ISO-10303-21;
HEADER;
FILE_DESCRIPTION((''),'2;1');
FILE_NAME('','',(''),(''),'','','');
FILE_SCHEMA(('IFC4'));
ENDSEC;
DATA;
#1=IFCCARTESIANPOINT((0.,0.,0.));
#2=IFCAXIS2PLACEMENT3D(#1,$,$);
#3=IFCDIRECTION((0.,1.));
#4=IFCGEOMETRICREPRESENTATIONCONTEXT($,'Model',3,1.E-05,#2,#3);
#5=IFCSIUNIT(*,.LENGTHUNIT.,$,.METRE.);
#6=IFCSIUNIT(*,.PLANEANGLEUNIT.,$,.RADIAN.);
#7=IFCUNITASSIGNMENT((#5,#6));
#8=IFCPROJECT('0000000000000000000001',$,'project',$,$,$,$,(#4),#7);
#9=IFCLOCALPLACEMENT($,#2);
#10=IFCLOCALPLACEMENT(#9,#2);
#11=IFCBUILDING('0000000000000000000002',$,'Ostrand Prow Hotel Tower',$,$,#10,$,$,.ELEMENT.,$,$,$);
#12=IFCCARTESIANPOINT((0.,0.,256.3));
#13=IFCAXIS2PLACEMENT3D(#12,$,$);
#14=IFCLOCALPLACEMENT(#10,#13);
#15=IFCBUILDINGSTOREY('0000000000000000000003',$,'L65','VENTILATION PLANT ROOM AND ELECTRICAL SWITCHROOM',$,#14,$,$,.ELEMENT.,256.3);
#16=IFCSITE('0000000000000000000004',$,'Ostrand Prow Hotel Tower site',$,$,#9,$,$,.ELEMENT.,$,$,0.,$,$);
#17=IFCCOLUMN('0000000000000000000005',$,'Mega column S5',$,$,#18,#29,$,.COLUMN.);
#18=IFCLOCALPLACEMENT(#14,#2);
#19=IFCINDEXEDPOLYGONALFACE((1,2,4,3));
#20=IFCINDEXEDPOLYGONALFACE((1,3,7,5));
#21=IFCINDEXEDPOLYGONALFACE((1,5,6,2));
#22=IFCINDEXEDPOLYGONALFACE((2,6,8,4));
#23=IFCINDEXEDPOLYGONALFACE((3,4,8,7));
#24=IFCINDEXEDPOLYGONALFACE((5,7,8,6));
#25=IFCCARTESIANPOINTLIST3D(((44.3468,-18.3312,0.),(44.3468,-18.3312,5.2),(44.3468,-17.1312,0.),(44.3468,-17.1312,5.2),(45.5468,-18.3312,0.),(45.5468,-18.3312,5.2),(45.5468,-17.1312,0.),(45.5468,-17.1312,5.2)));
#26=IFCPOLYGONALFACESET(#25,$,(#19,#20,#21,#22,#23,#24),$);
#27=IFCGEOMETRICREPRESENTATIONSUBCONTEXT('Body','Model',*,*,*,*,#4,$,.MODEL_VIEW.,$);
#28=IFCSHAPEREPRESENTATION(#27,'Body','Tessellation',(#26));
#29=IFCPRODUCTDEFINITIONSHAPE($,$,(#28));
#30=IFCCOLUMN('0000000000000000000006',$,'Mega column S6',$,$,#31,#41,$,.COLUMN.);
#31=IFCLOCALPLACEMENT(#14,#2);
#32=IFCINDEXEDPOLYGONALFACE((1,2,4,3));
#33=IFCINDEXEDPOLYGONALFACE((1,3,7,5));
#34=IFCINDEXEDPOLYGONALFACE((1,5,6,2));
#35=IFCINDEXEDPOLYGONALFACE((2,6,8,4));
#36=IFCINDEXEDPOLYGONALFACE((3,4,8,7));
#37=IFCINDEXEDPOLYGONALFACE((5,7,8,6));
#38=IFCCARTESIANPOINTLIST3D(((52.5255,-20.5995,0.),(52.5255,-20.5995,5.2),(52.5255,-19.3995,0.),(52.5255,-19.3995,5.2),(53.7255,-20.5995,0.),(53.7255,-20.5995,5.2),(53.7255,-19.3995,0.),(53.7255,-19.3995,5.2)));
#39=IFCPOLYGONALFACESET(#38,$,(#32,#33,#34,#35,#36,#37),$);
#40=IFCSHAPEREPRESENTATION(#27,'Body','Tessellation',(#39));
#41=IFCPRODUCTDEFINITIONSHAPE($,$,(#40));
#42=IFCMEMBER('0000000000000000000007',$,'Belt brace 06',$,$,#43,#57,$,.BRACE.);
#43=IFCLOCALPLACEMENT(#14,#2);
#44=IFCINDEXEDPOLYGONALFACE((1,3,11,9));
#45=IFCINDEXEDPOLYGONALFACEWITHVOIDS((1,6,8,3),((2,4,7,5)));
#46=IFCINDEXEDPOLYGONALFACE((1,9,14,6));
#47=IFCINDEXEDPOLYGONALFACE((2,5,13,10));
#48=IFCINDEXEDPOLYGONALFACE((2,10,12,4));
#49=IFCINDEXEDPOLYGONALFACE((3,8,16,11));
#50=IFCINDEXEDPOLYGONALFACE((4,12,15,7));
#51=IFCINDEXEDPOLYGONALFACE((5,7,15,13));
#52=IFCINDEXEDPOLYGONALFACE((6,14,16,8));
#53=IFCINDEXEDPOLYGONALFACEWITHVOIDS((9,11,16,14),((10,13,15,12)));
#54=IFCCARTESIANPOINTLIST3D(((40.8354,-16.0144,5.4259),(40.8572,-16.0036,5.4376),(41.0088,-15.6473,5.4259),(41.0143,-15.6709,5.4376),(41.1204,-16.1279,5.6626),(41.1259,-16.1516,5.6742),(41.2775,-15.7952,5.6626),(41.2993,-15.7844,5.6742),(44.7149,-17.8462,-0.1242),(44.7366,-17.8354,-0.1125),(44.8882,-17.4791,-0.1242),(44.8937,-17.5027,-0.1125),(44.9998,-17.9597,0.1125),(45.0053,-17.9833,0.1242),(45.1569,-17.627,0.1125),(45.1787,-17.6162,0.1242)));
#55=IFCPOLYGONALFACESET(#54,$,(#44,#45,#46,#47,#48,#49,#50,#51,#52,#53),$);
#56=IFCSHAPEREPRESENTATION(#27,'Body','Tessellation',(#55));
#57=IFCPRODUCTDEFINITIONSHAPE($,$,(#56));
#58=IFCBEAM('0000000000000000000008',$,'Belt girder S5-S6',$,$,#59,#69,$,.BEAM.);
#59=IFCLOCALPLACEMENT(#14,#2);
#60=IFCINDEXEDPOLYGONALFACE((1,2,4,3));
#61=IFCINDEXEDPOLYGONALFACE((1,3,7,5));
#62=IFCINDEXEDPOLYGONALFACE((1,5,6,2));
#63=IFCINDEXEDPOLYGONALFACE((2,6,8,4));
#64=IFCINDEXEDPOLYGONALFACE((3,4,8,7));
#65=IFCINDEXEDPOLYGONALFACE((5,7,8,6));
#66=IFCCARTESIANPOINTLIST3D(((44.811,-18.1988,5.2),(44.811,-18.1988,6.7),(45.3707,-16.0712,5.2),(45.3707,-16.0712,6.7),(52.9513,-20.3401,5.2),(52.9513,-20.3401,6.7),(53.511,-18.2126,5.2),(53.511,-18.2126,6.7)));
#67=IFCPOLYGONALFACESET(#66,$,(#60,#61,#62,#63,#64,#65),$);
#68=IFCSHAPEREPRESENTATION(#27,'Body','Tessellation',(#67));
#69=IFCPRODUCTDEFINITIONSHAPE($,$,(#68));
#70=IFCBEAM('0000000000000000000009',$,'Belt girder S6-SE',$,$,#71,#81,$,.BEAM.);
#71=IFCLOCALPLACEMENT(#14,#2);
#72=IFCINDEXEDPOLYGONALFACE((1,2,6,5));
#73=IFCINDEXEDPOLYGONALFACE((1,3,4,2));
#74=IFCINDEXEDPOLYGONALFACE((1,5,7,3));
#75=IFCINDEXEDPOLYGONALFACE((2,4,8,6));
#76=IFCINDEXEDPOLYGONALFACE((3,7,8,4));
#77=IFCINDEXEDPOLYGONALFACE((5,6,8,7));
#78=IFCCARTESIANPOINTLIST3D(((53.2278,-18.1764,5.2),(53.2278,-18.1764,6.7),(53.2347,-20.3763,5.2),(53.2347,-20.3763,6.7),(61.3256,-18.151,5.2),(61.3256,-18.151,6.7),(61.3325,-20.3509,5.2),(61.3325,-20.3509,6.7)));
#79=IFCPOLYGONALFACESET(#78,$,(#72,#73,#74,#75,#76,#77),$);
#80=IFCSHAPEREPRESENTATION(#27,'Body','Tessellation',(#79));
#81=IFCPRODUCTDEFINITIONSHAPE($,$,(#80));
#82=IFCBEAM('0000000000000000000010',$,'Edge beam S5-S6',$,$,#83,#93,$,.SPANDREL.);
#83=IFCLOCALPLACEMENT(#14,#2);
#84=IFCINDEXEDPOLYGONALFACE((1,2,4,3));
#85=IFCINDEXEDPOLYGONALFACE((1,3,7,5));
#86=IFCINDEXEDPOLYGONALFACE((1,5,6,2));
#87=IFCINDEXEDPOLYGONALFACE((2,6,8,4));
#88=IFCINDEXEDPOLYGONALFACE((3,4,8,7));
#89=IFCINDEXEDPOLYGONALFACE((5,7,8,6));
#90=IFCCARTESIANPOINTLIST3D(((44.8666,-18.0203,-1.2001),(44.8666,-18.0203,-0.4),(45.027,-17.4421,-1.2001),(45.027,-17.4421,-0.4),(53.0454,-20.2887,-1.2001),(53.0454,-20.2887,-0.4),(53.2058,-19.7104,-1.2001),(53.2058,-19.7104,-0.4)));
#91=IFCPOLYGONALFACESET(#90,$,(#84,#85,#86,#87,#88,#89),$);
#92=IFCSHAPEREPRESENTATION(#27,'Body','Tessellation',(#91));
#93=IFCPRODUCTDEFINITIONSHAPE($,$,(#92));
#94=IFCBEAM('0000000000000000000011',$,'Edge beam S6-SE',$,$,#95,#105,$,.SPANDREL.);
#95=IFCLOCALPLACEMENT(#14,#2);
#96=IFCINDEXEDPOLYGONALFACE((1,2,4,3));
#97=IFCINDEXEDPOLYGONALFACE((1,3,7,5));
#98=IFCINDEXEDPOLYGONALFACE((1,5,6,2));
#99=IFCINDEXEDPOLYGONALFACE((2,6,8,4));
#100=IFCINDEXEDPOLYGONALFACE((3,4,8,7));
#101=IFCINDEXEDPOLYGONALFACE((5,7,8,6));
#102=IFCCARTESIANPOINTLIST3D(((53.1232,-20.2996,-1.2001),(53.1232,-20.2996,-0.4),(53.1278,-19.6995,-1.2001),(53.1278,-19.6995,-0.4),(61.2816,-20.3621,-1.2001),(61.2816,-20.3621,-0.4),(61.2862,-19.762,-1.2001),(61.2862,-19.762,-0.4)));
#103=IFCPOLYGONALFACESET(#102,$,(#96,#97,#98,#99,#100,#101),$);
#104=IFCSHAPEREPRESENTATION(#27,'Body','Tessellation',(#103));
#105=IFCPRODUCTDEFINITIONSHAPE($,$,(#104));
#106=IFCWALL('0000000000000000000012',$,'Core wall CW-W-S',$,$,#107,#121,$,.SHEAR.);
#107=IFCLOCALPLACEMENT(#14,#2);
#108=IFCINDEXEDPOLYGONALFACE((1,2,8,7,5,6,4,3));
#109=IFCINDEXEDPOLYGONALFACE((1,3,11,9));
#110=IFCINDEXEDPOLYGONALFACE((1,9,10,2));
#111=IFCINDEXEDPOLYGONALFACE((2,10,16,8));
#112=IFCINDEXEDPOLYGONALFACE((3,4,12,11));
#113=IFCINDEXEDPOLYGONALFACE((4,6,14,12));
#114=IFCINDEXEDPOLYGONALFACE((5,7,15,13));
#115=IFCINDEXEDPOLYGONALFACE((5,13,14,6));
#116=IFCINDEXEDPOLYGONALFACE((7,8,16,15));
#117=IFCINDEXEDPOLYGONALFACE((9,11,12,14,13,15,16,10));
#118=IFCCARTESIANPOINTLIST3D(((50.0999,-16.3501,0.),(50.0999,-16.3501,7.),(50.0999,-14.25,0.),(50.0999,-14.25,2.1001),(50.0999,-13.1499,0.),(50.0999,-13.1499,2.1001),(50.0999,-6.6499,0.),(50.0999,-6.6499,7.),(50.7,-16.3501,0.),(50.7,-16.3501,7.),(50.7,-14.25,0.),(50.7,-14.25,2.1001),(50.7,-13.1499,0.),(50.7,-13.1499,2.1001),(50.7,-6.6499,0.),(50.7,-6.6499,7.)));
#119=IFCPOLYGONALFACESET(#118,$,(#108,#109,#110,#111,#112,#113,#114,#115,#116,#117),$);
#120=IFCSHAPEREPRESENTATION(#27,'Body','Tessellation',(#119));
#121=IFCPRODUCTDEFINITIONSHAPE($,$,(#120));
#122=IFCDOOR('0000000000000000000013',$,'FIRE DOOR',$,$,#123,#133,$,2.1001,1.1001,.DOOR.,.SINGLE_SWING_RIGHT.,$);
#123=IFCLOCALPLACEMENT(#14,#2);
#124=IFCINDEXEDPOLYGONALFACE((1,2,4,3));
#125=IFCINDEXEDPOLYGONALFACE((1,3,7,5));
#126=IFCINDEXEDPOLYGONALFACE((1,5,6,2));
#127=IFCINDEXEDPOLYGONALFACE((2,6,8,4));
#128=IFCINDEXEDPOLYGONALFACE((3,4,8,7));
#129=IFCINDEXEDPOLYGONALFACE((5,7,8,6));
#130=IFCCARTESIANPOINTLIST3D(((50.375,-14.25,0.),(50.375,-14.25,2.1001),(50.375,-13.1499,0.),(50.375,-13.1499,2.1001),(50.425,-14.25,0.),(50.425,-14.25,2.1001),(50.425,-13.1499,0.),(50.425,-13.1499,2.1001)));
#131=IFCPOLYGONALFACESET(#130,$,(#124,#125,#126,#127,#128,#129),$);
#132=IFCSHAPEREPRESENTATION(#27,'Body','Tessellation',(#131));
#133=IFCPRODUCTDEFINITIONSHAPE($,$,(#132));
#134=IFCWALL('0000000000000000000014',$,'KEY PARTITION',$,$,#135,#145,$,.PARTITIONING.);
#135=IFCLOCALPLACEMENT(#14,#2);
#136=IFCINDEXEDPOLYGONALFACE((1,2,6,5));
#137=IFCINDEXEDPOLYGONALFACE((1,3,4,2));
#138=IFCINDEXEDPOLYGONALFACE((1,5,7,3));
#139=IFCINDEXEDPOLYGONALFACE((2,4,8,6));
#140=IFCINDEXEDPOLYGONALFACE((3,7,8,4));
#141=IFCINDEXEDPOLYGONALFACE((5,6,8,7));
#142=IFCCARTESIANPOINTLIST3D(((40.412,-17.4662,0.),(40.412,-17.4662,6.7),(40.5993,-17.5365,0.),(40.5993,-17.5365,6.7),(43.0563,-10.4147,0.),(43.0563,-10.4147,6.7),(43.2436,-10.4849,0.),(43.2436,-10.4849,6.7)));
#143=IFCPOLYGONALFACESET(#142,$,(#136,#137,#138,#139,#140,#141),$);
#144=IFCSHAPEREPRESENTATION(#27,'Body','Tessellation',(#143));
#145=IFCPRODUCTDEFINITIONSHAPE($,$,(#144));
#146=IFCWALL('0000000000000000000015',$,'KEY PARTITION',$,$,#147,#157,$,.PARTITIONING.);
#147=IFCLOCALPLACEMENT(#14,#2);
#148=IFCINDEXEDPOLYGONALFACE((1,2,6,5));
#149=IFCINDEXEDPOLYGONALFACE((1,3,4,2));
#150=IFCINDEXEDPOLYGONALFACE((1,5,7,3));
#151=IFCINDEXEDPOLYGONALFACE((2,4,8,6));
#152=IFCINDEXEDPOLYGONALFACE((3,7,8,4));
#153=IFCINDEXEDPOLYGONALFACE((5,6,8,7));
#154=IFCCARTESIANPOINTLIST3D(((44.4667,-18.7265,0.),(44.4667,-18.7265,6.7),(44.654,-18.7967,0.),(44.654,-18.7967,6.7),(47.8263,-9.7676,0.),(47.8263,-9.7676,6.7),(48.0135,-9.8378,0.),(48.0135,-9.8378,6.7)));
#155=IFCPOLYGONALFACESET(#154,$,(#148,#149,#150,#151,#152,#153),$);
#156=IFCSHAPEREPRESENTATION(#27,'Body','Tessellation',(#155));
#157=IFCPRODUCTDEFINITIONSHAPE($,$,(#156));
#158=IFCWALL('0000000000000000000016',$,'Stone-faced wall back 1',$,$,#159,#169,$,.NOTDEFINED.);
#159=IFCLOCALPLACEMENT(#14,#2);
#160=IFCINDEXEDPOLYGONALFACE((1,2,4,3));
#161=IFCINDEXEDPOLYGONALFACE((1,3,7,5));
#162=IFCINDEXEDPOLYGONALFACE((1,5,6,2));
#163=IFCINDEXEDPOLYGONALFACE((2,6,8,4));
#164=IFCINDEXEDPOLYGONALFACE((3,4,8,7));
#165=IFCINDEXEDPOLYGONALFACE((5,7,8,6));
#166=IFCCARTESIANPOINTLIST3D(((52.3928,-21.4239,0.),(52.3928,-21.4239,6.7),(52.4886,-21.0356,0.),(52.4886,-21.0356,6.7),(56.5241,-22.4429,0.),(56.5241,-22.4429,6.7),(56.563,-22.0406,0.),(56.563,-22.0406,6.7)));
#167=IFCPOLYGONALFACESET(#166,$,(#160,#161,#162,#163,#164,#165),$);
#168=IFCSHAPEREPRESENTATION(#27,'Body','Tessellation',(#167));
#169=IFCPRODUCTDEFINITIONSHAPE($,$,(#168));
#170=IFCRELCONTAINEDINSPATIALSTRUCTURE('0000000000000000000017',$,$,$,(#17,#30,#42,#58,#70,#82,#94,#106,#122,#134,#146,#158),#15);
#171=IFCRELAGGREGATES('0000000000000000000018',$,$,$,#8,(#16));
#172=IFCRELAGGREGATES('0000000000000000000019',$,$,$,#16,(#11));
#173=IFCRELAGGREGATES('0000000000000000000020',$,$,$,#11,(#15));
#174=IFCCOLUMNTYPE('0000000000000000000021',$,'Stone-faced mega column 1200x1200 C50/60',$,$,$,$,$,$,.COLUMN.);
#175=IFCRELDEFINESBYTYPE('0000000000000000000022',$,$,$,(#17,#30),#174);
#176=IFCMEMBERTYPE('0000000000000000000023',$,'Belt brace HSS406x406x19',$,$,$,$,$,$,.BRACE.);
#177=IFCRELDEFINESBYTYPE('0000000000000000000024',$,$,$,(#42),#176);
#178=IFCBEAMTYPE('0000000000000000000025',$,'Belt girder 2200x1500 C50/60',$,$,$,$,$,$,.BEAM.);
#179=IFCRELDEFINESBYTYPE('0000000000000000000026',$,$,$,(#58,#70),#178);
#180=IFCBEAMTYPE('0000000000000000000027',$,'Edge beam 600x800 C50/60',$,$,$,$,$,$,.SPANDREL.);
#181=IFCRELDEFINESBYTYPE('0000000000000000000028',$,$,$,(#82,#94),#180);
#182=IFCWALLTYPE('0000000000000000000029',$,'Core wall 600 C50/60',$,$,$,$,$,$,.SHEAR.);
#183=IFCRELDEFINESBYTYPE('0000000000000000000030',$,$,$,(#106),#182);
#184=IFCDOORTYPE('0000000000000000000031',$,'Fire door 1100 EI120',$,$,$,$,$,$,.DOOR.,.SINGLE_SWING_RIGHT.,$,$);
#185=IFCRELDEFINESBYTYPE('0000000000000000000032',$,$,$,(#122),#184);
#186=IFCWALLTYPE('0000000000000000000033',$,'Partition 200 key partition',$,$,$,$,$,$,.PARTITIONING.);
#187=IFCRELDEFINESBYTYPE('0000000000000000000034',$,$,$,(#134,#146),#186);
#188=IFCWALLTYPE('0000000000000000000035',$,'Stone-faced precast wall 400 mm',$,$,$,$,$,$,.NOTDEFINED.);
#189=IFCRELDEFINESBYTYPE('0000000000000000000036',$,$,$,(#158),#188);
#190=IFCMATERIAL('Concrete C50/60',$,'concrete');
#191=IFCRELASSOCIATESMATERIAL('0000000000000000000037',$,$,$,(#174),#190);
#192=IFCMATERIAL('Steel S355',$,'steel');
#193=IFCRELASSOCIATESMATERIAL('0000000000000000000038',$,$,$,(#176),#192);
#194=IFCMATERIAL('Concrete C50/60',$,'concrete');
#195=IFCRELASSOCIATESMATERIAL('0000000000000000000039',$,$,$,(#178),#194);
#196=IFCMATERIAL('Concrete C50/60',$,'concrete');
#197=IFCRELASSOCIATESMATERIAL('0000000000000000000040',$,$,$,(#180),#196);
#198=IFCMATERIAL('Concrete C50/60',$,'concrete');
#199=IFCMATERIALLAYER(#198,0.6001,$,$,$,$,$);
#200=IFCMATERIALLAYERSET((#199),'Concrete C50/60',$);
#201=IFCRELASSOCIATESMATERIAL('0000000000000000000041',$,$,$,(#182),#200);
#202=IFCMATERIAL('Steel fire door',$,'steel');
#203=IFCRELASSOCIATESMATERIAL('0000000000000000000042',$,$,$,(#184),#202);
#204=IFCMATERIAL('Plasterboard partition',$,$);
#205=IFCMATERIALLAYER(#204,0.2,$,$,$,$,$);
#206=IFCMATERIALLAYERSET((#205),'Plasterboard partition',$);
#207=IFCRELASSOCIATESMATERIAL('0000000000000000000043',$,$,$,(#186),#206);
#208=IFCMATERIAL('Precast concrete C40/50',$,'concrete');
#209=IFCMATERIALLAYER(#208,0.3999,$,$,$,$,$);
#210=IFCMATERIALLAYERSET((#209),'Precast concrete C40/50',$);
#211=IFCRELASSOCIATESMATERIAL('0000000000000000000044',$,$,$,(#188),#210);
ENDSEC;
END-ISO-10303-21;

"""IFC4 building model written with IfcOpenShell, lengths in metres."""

from ifc_helpers import new_model, si_unit, direction, frame, frame_2d, origin, origin_2d, place, context, subcontext, project, spatial, polyline, rectangle, hollow_rectangle, outline, extrude, material, layer, layer_set, material_profile, profile_set, type_object, element, fill, save


model = new_model("IFC4")

# Units and contexts
model_context = context("Model", 3, precision=1e-05, world=origin(), true_north=direction((0.0, 1.0)))
body_context = subcontext(model_context, "Body", "Model", "MODEL_VIEW")
ifc_project = project(units=[si_unit("LENGTHUNIT", "METRE"), si_unit("PLANEANGLEUNIT", "RADIAN")], contexts=[model_context])

# Site, building, storey
site_placement = place(None, origin())
site = spatial("IfcSite", under=ifc_project, at=site_placement, Name="Ostrand Prow Hotel Tower site", CompositionType="ELEMENT", RefElevation=0.0)
building_placement = place(site_placement, origin())
building = spatial("IfcBuilding", under=site, at=building_placement, Name="Ostrand Prow Hotel Tower", CompositionType="ELEMENT")
storey_placement = place(building_placement, frame((0.0, 0.0, 256.3)))
storey = spatial("IfcBuildingStorey", under=building, at=storey_placement, Name="L65", Description="VENTILATION PLANT ROOM AND ELECTRICAL SWITCHROOM", CompositionType="ELEMENT", Elevation=256.3)

# Columns
ifc_material_1 = material(Name="Concrete C50/60", Category="concrete")
ifc_material_profile_1 = material_profile(ifc_material_1, rectangle(XDim=1.2, YDim=1.2, at=origin_2d()), Name="RC 1200x1200")
ifc_profile_set_1 = profile_set([ifc_material_profile_1], Name="Concrete C50/60")
column_type = type_object("IfcColumnType", Name="Stone-faced mega column 1200x1200 C50/60", PredefinedType="COLUMN", material=ifc_profile_set_1)
for number, where, z_axis, x_axis, name in (
    (1, (44.9468, -17.7312, 0.0), (0.0, 0.0, 1.0), (1.0, 0.0, 0.0), "Mega column S5"),
    (2, (53.1255, -19.9995, 0.0), (0.0, 0.0, 1.0), (1.0, 0.0, 0.0), "Mega column S6"),
):
    element("IfcColumn", number, at=place(storey_placement, frame(where, z_axis=z_axis, x_axis=x_axis)), inside=storey, type_object=column_type, Name=name, PredefinedType="COLUMN", context=body_context, shape_type="SweptSolid", body=[
        extrude(rectangle(XDim=1.2, YDim=1.2, at=origin_2d()), origin(), (0.0, 0.0, 1.0), 5.2),
    ])

# Member
ifc_material_2 = material(Name="Steel S355", Category="steel")
ifc_material_profile_2 = material_profile(ifc_material_2, hollow_rectangle(XDim=0.406, YDim=0.406, WallThickness=0.019, at=origin_2d()), Name="HSS406x406x19")
ifc_profile_set_2 = profile_set([ifc_material_profile_2], Name="Steel S355")
member_type = type_object("IfcMemberType", Name="Belt brace HSS406x406x19", PredefinedType="BRACE", material=ifc_profile_set_2)
member_placement = place(storey_placement, frame((44.9468, -17.7312, 0.0), z_axis=(-0.553026, 0.26113, 0.791185), x_axis=(-0.426978, -0.904262, 0.0)))
element("IfcMember", 3, at=member_placement, inside=storey, type_object=member_type, Name="Belt brace 06", PredefinedType="BRACE", context=body_context, shape_type="SweptSolid", body=[
    extrude(hollow_rectangle(XDim=0.406, YDim=0.406, WallThickness=0.019, at=origin_2d()), origin(), (0.0, 0.0, 1.0), 7.0149),
])

# Beams
ifc_material_3 = material(Name="Concrete C50/60", Category="concrete")
ifc_material_profile_3 = material_profile(ifc_material_3, rectangle(XDim=2.2, YDim=1.5, at=origin_2d()), Name="RC 2200x1500")
ifc_profile_set_3 = profile_set([ifc_material_profile_3], Name="Concrete C50/60")
beam_type_1 = type_object("IfcBeamType", Name="Belt girder 2200x1500 C50/60", PredefinedType="BEAM", material=ifc_profile_set_3)
beam_1_placement = place(storey_placement, frame((45.0908, -17.135, 5.95), z_axis=(0.967099, -0.254399, 0.0), x_axis=(0.254399, 0.967099, 0.0)))
element("IfcBeam", 4, at=beam_1_placement, inside=storey, type_object=beam_type_1, Name="Belt girder S5-S6", PredefinedType="BEAM", context=body_context, shape_type="SweptSolid", body=[
    extrude(rectangle(XDim=2.2, YDim=1.5, at=origin_2d()), origin(), (0.0, 0.0, 1.0), 8.4172),
])
beam_2_placement = place(storey_placement, frame((53.2312, -19.2764, 5.95), z_axis=(0.999995, 0.003135, 0.0), x_axis=(-0.003135, 0.999995, 0.0)))
element("IfcBeam", 5, at=beam_2_placement, inside=storey, type_object=beam_type_1, Name="Belt girder S6-SE", PredefinedType="BEAM", context=body_context, shape_type="SweptSolid", body=[
    extrude(rectangle(XDim=2.2, YDim=1.5, at=origin_2d()), origin(), (0.0, 0.0, 1.0), 8.0979),
])
ifc_material_4 = material(Name="Concrete C50/60", Category="concrete")
ifc_material_profile_4 = material_profile(ifc_material_4, rectangle(XDim=0.6001, YDim=0.8, at=origin_2d()), Name="RC 600x800")
ifc_profile_set_4 = profile_set([ifc_material_profile_4], Name="Concrete C50/60")
beam_type_2 = type_object("IfcBeamType", Name="Edge beam 600x800 C50/60", PredefinedType="SPANDREL", material=ifc_profile_set_4)
beam_3_placement = place(storey_placement, frame((44.9468, -17.7312, -0.8), z_axis=(0.963626, -0.267255, 0.0), x_axis=(0.267255, 0.963626, 0.0)))
element("IfcBeam", 6, at=beam_3_placement, inside=storey, type_object=beam_type_2, Name="Edge beam S5-S6", PredefinedType="SPANDREL", context=body_context, shape_type="SweptSolid", body=[
    extrude(rectangle(XDim=0.6001, YDim=0.8, at=origin_2d()), origin(), (0.0, 0.0, 1.0), 8.4875),
])
beam_4_placement = place(storey_placement, frame((53.1255, -19.9995, -0.8), z_axis=(0.999971, -0.007661, 0.0), x_axis=(0.007661, 0.999971, 0.0)))
element("IfcBeam", 7, at=beam_4_placement, inside=storey, type_object=beam_type_2, Name="Edge beam S6-SE", PredefinedType="SPANDREL", context=body_context, shape_type="SweptSolid", body=[
    extrude(rectangle(XDim=0.6001, YDim=0.8, at=origin_2d()), origin(), (0.0, 0.0, 1.0), 8.1587),
])

# Wall, opening, door
ifc_material_5 = material(Name="Concrete C50/60", Category="concrete")
ifc_layer_1 = layer(ifc_material_5, 0.6001)
ifc_layer_set_1 = layer_set([ifc_layer_1], Name="Concrete C50/60")
wall_type_1 = type_object("IfcWallType", Name="Core wall 600 C50/60", PredefinedType="SHEAR", material=ifc_layer_set_1)
wall_1_placement = place(storey_placement, frame((50.3999, -16.3501, 0.0), z_axis=(0.0, 0.0, 1.0), x_axis=(0.0, 1.0, 0.0)))
wall_1 = element("IfcWall", 8, at=wall_1_placement, inside=storey, type_object=wall_type_1, Name="Core wall CW-W-S", PredefinedType="SHEAR", context=body_context, shape_type="SweptSolid", body=[
    extrude(rectangle(XDim=9.7002, YDim=0.6001, at=frame_2d((4.8501, 0.0))), origin(), (0.0, 0.0, 1.0), 7.0),
])
opening_placement = place(wall_1_placement, frame((2.1001, 0.0, 0.0)))
opening = element("IfcOpeningElement", 9, at=opening_placement, cuts=wall_1, PredefinedType="OPENING", context=body_context, shape_type="SweptSolid", body=[
    extrude(rectangle(XDim=1.1001, YDim=2.1001, at=frame_2d((0.55, 1.05))), frame((0.0, 0.3101, 0.0), z_axis=(0.0, -1.0, 0.0), x_axis=(1.0, 0.0, 0.0)), (0.0, 0.0, 1.0), 0.6201),
])
ifc_material_6 = material(Name="Steel fire door", Category="steel")
door_type = type_object("IfcDoorType", Name="Fire door 1100 EI120", OperationType="SINGLE_SWING_RIGHT", PredefinedType="DOOR", material=ifc_material_6)
door_placement = place(opening_placement, origin())
door = element("IfcDoor", 10, at=door_placement, inside=storey, type_object=door_type, Name="FIRE DOOR", OperationType="SINGLE_SWING_RIGHT", OverallHeight=2.1001, OverallWidth=1.1001, PredefinedType="DOOR", context=body_context, shape_type="SweptSolid", body=[
    extrude(rectangle(XDim=1.1001, YDim=2.1001, at=frame_2d((0.55, 1.05))), frame((0.0, 0.0249, 0.0), z_axis=(0.0, -1.0, 0.0), x_axis=(1.0, 0.0, 0.0)), (0.0, 0.0, 1.0), 0.05),
])
fill(opening, door)

# Walls
ifc_material_7 = material(Name="Plasterboard partition")
ifc_layer_2 = layer(ifc_material_7, 0.2)
ifc_layer_set_2 = layer_set([ifc_layer_2], Name="Plasterboard partition")
wall_type_2 = type_object("IfcWallType", Name="Partition 200 key partition", PredefinedType="PARTITIONING", material=ifc_layer_set_2)
wall_2_placement = place(storey_placement, frame((40.5056, -17.5015, 0.0), z_axis=(0.0, 0.0, 1.0), x_axis=(0.35112, 0.936331, 0.0)))
element("IfcWall", 11, at=wall_2_placement, inside=storey, type_object=wall_type_2, Name="KEY PARTITION", PredefinedType="PARTITIONING", context=body_context, shape_type="SweptSolid", body=[
    extrude(rectangle(XDim=7.531, YDim=0.2, at=frame_2d((3.7656, 0.0))), origin(), (0.0, 0.0, 1.0), 6.7),
])
wall_3_placement = place(storey_placement, frame((44.5603, -18.7617, 0.0), z_axis=(0.0, 0.0, 1.0), x_axis=(0.351123, 0.936329, 0.0)))
element("IfcWall", 12, at=wall_3_placement, inside=storey, type_object=wall_type_2, Name="KEY PARTITION", PredefinedType="PARTITIONING", context=body_context, shape_type="SweptSolid", body=[
    extrude(rectangle(XDim=9.5681, YDim=0.2, at=frame_2d((4.7842, 0.0))), origin(), (0.0, 0.0, 1.0), 6.7),
])
ifc_material_8 = material(Name="Precast concrete C40/50", Category="concrete")
ifc_layer_3 = layer(ifc_material_8, 0.3999)
ifc_layer_set_3 = layer_set([ifc_layer_3], Name="Precast concrete C40/50")
wall_type_3 = type_object("IfcWallType", Name="Stone-faced precast wall 400 mm", PredefinedType="NOTDEFINED", material=ifc_layer_set_3)
wall_4_placement = place(storey_placement, frame((52.4407, -21.2297, 0.0), z_axis=(0.0, 0.0, 1.0), x_axis=(0.970902, -0.239476, 0.0)))
element("IfcWall", 13, at=wall_4_placement, inside=storey, type_object=wall_type_3, Name="Stone-faced wall back 1", PredefinedType="NOTDEFINED", context=body_context, shape_type="SweptSolid", body=[
    extrude(outline(polyline([(0.0, -0.2), (4.2551, -0.2), (4.1965, 0.2), (0.0, 0.2), (0.0, -0.2)])), origin(), (0.0, 0.0, 1.0), 6.7),
])

save(model, "model.ifc")
